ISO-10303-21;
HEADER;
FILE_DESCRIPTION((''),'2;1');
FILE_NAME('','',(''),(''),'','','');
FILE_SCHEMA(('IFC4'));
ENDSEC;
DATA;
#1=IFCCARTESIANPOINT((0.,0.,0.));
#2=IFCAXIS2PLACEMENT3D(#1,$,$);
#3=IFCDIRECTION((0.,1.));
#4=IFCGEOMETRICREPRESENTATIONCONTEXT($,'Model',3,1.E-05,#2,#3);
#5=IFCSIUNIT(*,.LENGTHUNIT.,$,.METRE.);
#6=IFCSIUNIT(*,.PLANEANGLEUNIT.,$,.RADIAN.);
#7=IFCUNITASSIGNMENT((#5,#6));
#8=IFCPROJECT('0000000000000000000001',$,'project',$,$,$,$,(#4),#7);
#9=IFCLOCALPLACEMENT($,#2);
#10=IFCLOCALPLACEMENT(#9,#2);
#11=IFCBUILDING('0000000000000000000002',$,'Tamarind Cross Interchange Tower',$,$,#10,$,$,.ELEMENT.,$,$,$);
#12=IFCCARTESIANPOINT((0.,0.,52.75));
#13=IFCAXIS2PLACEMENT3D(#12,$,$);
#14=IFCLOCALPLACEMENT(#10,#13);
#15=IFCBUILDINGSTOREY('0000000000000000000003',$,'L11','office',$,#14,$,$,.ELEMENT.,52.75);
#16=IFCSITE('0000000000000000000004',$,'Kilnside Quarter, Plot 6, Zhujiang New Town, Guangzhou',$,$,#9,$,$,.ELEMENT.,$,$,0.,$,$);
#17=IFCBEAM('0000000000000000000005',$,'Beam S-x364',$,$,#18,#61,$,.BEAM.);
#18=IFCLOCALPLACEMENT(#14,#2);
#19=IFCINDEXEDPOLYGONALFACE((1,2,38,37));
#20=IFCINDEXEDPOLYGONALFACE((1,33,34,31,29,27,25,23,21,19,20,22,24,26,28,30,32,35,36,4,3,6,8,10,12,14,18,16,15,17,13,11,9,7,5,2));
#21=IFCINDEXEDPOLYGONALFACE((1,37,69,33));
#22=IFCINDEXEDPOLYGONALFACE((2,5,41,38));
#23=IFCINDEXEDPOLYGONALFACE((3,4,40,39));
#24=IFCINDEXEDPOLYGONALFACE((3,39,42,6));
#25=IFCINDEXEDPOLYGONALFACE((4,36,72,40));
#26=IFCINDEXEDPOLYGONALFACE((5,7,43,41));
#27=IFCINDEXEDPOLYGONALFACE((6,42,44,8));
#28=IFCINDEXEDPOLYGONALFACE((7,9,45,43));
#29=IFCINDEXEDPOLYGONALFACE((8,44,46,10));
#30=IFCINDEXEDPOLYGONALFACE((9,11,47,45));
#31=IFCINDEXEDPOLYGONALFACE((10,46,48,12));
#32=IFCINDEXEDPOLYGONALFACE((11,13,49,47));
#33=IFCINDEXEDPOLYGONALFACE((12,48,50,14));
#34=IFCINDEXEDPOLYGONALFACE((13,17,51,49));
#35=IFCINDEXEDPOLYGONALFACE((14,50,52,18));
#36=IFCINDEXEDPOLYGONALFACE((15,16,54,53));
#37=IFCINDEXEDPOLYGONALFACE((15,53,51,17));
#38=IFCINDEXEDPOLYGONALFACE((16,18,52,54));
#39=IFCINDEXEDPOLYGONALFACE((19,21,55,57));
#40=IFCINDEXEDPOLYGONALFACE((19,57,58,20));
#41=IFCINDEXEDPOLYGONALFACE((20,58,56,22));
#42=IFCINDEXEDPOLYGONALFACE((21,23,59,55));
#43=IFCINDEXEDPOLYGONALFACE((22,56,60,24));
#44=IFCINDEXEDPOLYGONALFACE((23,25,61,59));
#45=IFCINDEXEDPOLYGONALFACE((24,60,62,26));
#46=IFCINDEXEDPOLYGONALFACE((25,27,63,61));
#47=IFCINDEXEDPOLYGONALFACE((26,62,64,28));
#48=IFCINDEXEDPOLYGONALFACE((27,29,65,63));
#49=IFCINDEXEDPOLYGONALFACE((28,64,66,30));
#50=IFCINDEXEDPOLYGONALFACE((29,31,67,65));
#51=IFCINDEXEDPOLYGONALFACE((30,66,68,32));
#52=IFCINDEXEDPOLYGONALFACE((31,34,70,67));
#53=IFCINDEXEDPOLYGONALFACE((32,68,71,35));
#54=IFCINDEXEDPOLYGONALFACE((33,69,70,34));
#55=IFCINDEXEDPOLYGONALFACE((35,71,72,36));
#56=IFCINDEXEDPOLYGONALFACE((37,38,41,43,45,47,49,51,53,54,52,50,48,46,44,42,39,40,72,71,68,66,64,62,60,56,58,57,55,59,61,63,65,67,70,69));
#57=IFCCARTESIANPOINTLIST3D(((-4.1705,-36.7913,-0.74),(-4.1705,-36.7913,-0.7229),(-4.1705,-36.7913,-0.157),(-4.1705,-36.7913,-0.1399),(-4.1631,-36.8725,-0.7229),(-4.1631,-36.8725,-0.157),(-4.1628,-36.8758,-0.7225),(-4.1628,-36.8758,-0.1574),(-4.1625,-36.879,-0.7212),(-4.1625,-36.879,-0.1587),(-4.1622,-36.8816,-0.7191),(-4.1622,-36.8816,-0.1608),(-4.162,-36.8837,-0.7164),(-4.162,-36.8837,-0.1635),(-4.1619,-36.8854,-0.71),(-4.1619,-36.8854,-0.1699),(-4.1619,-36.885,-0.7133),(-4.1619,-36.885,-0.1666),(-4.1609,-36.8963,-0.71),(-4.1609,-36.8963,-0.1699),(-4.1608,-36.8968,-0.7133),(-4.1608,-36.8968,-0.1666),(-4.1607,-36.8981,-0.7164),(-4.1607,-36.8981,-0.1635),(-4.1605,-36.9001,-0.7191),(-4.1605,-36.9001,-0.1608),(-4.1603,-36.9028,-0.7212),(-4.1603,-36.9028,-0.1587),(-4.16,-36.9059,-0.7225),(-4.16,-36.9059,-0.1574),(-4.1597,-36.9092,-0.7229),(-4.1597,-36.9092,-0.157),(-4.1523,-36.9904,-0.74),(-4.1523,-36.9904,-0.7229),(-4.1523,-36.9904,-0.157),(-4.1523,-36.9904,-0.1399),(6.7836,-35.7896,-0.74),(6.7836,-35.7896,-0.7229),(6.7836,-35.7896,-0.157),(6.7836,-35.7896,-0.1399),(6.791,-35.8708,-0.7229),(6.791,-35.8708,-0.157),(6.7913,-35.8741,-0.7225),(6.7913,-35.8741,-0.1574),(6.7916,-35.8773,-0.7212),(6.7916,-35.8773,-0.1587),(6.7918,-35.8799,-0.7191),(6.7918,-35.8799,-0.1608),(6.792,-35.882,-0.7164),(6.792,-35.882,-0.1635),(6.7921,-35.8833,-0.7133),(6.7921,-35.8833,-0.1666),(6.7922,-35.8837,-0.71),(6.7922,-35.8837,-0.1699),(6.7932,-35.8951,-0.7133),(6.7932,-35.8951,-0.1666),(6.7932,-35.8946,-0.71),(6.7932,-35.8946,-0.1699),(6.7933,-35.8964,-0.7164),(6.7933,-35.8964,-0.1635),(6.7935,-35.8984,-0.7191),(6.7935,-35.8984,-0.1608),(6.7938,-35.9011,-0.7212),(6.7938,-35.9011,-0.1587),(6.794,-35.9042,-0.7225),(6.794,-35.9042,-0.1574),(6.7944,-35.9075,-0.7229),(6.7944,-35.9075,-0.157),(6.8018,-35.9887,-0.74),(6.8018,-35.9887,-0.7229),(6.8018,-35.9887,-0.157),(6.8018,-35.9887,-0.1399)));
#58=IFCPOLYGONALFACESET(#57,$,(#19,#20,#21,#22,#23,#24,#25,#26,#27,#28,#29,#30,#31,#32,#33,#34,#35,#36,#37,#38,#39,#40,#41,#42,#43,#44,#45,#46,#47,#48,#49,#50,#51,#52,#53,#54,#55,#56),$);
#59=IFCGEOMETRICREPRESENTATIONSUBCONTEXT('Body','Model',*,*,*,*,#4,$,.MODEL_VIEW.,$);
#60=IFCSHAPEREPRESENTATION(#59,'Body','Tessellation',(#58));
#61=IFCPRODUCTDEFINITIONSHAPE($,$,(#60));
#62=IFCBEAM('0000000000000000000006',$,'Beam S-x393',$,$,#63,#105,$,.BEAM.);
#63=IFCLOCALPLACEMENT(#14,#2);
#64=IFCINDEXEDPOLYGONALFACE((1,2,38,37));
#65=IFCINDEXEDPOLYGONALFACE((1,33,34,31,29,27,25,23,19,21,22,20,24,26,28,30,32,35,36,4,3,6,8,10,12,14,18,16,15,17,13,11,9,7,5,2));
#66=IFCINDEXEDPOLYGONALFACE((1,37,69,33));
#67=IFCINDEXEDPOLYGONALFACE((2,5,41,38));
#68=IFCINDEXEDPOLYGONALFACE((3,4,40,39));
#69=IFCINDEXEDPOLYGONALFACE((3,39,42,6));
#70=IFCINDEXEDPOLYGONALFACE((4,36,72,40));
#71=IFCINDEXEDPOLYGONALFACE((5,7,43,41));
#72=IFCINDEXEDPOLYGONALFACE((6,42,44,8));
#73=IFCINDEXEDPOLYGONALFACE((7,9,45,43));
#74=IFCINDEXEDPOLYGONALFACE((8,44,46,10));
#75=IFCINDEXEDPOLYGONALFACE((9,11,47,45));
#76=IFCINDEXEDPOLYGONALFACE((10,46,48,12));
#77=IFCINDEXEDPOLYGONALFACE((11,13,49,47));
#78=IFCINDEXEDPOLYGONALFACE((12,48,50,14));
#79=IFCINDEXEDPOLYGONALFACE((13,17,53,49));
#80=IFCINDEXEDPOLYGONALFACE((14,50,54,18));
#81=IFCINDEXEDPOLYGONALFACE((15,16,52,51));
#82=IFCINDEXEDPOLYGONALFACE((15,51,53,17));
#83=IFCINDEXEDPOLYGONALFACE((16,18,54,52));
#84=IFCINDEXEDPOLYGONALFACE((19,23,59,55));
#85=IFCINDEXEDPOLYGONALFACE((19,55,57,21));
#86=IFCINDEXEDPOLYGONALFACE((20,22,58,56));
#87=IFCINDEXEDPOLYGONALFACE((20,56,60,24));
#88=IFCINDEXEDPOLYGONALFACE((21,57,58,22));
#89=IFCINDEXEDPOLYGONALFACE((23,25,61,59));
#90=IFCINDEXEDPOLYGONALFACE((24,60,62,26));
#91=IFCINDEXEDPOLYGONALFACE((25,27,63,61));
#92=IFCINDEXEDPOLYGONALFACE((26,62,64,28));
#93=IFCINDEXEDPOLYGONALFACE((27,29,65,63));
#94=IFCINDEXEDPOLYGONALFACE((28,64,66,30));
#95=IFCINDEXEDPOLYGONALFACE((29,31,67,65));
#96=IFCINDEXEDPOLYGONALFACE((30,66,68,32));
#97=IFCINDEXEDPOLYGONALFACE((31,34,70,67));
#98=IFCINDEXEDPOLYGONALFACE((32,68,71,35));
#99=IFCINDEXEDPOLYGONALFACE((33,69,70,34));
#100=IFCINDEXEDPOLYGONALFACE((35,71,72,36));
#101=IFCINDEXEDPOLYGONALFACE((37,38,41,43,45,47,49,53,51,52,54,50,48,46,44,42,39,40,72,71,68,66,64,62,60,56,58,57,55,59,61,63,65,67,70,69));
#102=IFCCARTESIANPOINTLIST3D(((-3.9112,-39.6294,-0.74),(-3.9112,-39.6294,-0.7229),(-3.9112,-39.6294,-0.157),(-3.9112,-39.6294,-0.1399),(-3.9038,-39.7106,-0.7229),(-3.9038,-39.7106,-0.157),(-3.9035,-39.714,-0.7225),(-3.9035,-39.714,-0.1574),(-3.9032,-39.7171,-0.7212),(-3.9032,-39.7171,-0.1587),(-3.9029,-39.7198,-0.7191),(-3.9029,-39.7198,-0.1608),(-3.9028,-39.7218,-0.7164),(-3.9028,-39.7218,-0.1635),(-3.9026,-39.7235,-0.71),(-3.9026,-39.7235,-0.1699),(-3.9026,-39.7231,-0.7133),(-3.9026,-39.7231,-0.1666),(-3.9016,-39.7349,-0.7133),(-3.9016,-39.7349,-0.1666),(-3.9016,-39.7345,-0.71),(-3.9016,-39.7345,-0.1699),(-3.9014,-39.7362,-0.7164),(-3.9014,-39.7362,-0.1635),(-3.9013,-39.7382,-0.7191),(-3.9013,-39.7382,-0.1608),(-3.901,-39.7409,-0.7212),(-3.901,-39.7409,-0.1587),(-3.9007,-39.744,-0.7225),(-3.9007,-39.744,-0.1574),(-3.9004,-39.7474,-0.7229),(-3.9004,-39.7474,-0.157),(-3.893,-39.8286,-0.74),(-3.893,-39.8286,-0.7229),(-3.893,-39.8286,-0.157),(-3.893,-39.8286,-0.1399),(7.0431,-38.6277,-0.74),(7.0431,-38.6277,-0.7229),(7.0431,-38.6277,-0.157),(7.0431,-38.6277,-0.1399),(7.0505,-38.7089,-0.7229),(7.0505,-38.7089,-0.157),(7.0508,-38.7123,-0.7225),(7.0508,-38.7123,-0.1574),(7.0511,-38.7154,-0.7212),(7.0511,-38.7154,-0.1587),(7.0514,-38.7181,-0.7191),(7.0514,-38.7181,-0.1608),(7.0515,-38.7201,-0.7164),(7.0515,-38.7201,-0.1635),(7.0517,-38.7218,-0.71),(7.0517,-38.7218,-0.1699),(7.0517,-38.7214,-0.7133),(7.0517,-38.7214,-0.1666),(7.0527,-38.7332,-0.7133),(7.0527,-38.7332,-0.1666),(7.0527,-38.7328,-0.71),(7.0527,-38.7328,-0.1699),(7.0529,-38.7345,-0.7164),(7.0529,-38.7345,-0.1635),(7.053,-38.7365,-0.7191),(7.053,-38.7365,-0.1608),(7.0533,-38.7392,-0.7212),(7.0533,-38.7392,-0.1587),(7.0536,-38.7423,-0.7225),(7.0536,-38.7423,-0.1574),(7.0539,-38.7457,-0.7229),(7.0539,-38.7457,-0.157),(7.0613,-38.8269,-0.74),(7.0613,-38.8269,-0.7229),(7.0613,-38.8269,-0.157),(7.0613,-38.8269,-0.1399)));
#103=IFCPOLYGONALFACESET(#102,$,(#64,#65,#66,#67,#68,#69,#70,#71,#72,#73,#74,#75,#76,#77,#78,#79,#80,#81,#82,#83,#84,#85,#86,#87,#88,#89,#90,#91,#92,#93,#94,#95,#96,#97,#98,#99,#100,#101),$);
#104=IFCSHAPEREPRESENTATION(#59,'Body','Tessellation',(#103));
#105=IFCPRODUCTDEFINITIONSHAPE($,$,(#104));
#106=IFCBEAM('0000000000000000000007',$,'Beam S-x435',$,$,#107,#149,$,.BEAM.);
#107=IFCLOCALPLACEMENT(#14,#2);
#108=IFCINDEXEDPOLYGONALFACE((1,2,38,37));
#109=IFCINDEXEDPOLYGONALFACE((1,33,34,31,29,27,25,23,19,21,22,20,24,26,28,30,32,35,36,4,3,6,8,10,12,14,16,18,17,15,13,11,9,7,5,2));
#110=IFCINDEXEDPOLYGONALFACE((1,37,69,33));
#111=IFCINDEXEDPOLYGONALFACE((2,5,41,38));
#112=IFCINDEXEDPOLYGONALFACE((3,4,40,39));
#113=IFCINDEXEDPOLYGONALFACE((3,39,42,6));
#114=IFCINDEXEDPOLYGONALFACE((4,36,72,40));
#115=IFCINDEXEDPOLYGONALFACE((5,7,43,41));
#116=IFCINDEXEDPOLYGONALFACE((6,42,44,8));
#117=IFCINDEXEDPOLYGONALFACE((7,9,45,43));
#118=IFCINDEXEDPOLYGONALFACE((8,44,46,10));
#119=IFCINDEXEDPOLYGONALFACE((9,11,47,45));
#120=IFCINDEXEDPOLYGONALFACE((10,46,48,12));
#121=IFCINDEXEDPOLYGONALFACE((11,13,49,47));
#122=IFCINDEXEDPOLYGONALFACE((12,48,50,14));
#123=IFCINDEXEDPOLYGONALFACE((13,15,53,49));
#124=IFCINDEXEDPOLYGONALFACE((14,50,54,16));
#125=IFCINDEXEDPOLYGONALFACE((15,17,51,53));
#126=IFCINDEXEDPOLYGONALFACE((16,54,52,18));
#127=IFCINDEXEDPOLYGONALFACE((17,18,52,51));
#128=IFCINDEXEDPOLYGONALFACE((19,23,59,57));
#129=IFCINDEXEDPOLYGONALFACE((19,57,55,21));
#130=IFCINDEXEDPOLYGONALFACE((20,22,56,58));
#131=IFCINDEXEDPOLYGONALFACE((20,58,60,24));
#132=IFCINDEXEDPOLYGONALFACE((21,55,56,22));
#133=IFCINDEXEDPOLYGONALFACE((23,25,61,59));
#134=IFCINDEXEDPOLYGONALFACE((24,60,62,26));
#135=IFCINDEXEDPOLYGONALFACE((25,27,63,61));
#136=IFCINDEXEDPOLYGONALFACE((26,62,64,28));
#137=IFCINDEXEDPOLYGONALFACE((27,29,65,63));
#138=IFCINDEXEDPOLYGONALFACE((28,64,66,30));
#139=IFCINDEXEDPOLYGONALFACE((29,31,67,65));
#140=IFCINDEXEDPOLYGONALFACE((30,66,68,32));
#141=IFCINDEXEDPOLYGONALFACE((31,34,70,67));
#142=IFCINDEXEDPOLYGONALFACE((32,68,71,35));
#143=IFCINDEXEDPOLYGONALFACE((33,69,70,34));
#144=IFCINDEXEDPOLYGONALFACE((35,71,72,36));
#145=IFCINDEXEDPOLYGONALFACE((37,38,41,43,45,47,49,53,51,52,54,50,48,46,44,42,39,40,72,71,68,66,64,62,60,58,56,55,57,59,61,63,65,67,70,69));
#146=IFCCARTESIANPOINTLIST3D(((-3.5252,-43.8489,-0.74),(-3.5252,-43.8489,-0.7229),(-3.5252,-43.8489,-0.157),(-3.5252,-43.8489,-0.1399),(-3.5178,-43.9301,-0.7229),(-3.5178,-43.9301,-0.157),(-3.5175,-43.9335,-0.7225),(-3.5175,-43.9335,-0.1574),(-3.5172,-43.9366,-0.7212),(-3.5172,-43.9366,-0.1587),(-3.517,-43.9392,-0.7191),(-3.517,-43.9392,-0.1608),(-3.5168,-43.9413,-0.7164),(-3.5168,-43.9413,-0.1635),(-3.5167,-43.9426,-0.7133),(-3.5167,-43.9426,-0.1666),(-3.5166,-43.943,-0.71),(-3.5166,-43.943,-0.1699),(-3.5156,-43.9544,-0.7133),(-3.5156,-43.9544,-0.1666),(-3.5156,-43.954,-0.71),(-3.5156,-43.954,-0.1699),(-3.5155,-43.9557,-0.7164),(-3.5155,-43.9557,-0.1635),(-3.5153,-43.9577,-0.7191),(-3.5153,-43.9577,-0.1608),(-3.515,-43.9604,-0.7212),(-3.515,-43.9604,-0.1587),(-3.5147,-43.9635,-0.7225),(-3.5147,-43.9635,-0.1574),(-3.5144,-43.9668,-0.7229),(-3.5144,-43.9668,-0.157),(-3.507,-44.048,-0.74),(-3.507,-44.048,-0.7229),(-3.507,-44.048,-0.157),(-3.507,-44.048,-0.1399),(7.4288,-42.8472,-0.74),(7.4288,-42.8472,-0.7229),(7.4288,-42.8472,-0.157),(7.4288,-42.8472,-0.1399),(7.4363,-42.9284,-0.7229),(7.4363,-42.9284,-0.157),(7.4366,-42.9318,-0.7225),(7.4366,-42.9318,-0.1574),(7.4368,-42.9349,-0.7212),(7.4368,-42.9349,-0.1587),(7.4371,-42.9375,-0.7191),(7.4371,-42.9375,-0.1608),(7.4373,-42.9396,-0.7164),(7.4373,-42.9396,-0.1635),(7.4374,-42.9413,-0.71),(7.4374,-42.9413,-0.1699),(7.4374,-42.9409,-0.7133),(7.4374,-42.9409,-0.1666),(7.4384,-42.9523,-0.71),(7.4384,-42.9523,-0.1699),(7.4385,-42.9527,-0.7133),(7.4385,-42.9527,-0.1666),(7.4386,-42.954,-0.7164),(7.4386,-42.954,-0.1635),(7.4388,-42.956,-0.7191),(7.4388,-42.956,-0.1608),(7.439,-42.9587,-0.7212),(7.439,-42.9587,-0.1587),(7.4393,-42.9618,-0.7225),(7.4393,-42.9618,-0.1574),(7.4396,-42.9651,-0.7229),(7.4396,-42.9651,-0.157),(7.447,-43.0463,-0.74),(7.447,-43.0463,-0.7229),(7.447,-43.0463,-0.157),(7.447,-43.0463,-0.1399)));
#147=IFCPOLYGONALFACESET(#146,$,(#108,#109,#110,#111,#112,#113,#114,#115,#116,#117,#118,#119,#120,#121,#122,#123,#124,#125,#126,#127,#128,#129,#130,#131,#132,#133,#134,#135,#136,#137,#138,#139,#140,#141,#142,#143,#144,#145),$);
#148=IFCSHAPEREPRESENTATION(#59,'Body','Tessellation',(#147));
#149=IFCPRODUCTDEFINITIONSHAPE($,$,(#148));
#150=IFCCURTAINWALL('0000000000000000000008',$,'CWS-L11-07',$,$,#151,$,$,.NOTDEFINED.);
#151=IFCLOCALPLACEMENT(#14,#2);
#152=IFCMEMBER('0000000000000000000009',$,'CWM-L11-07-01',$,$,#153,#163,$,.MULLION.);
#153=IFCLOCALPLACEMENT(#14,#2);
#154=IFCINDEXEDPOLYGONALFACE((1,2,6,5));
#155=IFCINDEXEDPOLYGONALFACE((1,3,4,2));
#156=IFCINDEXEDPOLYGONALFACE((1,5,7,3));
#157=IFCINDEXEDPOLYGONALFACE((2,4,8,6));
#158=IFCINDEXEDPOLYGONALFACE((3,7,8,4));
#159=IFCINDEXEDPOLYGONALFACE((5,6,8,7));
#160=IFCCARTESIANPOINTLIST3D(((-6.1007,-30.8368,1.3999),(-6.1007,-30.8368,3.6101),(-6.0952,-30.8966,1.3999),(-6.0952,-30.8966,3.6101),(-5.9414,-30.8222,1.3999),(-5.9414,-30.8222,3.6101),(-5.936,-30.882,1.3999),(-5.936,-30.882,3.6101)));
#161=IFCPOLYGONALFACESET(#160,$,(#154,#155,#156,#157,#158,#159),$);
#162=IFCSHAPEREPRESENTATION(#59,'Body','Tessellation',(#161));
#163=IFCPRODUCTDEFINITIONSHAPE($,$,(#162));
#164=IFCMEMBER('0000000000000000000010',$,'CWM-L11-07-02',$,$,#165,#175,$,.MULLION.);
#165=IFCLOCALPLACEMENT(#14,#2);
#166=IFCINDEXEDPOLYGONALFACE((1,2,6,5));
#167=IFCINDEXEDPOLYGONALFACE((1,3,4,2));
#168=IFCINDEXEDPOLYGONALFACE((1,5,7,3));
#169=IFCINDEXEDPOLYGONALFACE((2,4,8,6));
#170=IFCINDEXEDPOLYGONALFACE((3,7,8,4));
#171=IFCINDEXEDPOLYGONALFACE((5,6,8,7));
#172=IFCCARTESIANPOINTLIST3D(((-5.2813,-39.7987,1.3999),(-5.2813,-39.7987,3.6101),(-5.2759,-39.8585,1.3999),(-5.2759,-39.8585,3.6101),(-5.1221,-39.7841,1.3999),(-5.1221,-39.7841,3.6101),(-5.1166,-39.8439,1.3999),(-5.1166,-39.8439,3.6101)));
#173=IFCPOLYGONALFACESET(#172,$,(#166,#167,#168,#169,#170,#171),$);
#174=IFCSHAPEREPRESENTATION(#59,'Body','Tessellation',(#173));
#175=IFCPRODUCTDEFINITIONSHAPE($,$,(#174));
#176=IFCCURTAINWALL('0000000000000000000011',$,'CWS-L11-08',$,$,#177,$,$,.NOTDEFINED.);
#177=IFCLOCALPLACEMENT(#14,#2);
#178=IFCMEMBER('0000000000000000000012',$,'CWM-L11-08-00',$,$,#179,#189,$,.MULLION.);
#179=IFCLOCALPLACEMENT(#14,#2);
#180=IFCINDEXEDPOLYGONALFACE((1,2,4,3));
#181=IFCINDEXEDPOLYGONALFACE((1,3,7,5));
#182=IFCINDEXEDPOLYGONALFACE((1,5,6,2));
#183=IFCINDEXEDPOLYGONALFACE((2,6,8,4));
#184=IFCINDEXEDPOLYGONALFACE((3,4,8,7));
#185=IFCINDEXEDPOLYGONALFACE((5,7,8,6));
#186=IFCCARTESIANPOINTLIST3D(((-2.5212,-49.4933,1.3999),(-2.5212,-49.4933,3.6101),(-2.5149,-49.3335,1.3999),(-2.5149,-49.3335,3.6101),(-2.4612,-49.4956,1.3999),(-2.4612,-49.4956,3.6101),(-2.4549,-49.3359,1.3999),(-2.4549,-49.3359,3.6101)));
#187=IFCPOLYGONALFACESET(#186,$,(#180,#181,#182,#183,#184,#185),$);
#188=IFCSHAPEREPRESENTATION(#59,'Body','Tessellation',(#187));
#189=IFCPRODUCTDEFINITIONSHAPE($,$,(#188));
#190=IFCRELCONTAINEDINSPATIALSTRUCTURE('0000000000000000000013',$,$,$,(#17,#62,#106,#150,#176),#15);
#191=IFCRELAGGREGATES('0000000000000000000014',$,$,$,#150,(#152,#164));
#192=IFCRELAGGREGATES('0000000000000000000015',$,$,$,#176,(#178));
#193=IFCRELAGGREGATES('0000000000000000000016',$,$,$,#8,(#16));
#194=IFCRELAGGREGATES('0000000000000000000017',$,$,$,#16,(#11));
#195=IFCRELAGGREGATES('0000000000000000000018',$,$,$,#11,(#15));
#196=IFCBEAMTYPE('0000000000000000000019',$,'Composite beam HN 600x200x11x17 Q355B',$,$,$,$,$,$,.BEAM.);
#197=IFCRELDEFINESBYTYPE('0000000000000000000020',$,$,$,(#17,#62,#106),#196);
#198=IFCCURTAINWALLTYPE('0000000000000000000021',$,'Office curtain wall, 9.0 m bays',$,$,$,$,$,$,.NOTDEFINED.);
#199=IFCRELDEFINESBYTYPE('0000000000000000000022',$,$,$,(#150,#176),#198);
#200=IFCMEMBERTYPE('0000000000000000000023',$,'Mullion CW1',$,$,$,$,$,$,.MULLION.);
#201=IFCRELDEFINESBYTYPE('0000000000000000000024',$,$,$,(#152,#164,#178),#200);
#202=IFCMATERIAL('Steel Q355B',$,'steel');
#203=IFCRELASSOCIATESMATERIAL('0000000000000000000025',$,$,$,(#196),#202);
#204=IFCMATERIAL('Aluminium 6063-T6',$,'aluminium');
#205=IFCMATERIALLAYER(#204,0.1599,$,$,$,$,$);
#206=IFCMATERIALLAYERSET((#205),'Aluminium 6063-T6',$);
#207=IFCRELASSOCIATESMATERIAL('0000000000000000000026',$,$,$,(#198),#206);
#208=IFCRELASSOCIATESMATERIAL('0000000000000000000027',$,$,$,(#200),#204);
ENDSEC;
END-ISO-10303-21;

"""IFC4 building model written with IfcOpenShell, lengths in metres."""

from ifc_helpers import new_model, si_unit, direction, frame, origin, origin_2d, place, context, subcontext, project, spatial, rectangle, i_section, extrude, material, layer, layer_set, material_profile, profile_set, type_object, element, aggregate, save


model = new_model("IFC4")

# Units and contexts
model_context = context("Model", 3, precision=1e-05, world=origin(), true_north=direction((0.0, 1.0)))
body_context = subcontext(model_context, "Body", "Model", "MODEL_VIEW")
ifc_project = project(units=[si_unit("LENGTHUNIT", "METRE"), si_unit("PLANEANGLEUNIT", "RADIAN")], contexts=[model_context])

# Site, building, storey
site_placement = place(None, origin())
site = spatial("IfcSite", under=ifc_project, at=site_placement, Name="Kilnside Quarter, Plot 6, Zhujiang New Town, Guangzhou", CompositionType="ELEMENT", RefElevation=0.0)
building_placement = place(site_placement, origin())
building = spatial("IfcBuilding", under=site, at=building_placement, Name="Tamarind Cross Interchange Tower", CompositionType="ELEMENT")
storey_placement = place(building_placement, frame((0.0, 0.0, 52.75)))
storey = spatial("IfcBuildingStorey", under=building, at=storey_placement, Name="L11", Description="office", CompositionType="ELEMENT", Elevation=52.75)

# Beams
ifc_material_1 = material(Name="Steel Q355B", Category="steel")
ifc_material_profile_1 = material_profile(ifc_material_1, i_section(OverallWidth=0.2, OverallDepth=0.6001, WebThickness=0.011, FlangeThickness=0.0171, FilletRadius=0.0129, at=origin_2d()), Name="HN 600x200x11x17")
ifc_profile_set_1 = profile_set([ifc_material_profile_1], Name="Steel Q355B")
beam_type_1 = type_object("IfcBeamType", Name="Composite beam HN 600x200x11x17 Q355B", PredefinedType="BEAM", material=ifc_profile_set_1)
beam_1_placement = place(storey_placement, frame((-4.1614, -36.8909, -0.4399), z_axis=(0.995845, 0.091066, 0.0), x_axis=(-0.091066, 0.995845, 0.0)))
element("IfcBeam", 1, at=beam_1_placement, inside=storey, type_object=beam_type_1, Name="Beam S-x364", PredefinedType="BEAM", context=body_context, shape_type="SweptSolid", body=[
    extrude(i_section(OverallWidth=0.2, OverallDepth=0.6001, WebThickness=0.011, FlangeThickness=0.0171, FilletRadius=0.0129, at=origin_2d()), origin(), (0.0, 0.0, 1.0), 10.9998),
])
beam_2_placement = place(storey_placement, frame((-3.9021, -39.729, -0.4399), z_axis=(0.995845, 0.091064, 0.0), x_axis=(-0.091064, 0.995845, 0.0)))
element("IfcBeam", 2, at=beam_2_placement, inside=storey, type_object=beam_type_1, Name="Beam S-x393", PredefinedType="BEAM", context=body_context, shape_type="SweptSolid", body=[
    extrude(i_section(OverallWidth=0.2, OverallDepth=0.6001, WebThickness=0.011, FlangeThickness=0.0171, FilletRadius=0.0129, at=origin_2d()), origin(), (0.0, 0.0, 1.0), 11.0),
])
beam_3_placement = place(storey_placement, frame((-3.5161, -43.9485, -0.4399), z_axis=(0.995845, 0.091066, 0.0), x_axis=(-0.091066, 0.995845, 0.0)))
element("IfcBeam", 3, at=beam_3_placement, inside=storey, type_object=beam_type_1, Name="Beam S-x435", PredefinedType="BEAM", context=body_context, shape_type="SweptSolid", body=[
    extrude(i_section(OverallWidth=0.2, OverallDepth=0.6001, WebThickness=0.011, FlangeThickness=0.0171, FilletRadius=0.0129, at=origin_2d()), origin(), (0.0, 0.0, 1.0), 10.9998),
])

# Curtain wall, members
ifc_material_2 = material(Name="Aluminium 6063-T6", Category="aluminium")
ifc_layer_1 = layer(ifc_material_2, 0.1599)
ifc_layer_set_1 = layer_set([ifc_layer_1], Name="Aluminium 6063-T6")
curtain_wall_type = type_object("IfcCurtainWallType", Name="Office curtain wall, 9.0 m bays", PredefinedType="NOTDEFINED", material=ifc_layer_set_1)
curtain_wall_1_placement = place(storey_placement, origin())
curtain_wall_1 = element("IfcCurtainWall", 4, at=curtain_wall_1_placement, inside=storey, type_object=curtain_wall_type, Name="CWS-L11-07", PredefinedType="NOTDEFINED")
ifc_material_profile_2 = material_profile(ifc_material_2, rectangle(XDim=0.0601, YDim=0.1599, at=origin_2d()), Name="Mullion CW1")
ifc_profile_set_2 = profile_set([ifc_material_profile_2], Name="Aluminium 6063-T6")
member_type = type_object("IfcMemberType", Name="Mullion CW1", PredefinedType="MULLION", material=ifc_profile_set_2)
member_1_placement = place(storey_placement, frame((-6.0183, -30.8594, 1.3999), z_axis=(0.0, 0.0, 1.0), x_axis=(0.09105, -0.995846, 0.0)))
member_1 = element("IfcMember", 5, at=member_1_placement, type_object=member_type, Name="CWM-L11-07-01", PredefinedType="MULLION", context=body_context, shape_type="SweptSolid", body=[
    extrude(rectangle(XDim=0.0601, YDim=0.1599, at=origin_2d()), origin(), (0.0, 0.0, 1.0), 2.2102),
])
member_2_placement = place(storey_placement, frame((-5.199, -39.8213, 1.3999), z_axis=(0.0, 0.0, 1.0), x_axis=(0.09105, -0.995846, 0.0)))
member_2 = element("IfcMember", 6, at=member_2_placement, type_object=member_type, Name="CWM-L11-07-02", PredefinedType="MULLION", context=body_context, shape_type="SweptSolid", body=[
    extrude(rectangle(XDim=0.0601, YDim=0.1599, at=origin_2d()), origin(), (0.0, 0.0, 1.0), 2.2102),
])
aggregate(curtain_wall_1, [member_1, member_2])

# Curtain wall, member
curtain_wall_2_placement = place(storey_placement, origin())
curtain_wall_2 = element("IfcCurtainWall", 7, at=curtain_wall_2_placement, inside=storey, type_object=curtain_wall_type, Name="CWS-L11-08", PredefinedType="NOTDEFINED")
member_3_placement = place(storey_placement, frame((-2.488, -49.4146, 1.3999), z_axis=(0.0, 0.0, 1.0), x_axis=(0.999211, -0.039713, 0.0)))
member_3 = element("IfcMember", 8, at=member_3_placement, type_object=member_type, Name="CWM-L11-08-00", PredefinedType="MULLION", context=body_context, shape_type="SweptSolid", body=[
    extrude(rectangle(XDim=0.0601, YDim=0.1599, at=origin_2d()), origin(), (0.0, 0.0, 1.0), 2.2102),
])
aggregate(curtain_wall_2, [member_3])

save(model, "model.ifc")
